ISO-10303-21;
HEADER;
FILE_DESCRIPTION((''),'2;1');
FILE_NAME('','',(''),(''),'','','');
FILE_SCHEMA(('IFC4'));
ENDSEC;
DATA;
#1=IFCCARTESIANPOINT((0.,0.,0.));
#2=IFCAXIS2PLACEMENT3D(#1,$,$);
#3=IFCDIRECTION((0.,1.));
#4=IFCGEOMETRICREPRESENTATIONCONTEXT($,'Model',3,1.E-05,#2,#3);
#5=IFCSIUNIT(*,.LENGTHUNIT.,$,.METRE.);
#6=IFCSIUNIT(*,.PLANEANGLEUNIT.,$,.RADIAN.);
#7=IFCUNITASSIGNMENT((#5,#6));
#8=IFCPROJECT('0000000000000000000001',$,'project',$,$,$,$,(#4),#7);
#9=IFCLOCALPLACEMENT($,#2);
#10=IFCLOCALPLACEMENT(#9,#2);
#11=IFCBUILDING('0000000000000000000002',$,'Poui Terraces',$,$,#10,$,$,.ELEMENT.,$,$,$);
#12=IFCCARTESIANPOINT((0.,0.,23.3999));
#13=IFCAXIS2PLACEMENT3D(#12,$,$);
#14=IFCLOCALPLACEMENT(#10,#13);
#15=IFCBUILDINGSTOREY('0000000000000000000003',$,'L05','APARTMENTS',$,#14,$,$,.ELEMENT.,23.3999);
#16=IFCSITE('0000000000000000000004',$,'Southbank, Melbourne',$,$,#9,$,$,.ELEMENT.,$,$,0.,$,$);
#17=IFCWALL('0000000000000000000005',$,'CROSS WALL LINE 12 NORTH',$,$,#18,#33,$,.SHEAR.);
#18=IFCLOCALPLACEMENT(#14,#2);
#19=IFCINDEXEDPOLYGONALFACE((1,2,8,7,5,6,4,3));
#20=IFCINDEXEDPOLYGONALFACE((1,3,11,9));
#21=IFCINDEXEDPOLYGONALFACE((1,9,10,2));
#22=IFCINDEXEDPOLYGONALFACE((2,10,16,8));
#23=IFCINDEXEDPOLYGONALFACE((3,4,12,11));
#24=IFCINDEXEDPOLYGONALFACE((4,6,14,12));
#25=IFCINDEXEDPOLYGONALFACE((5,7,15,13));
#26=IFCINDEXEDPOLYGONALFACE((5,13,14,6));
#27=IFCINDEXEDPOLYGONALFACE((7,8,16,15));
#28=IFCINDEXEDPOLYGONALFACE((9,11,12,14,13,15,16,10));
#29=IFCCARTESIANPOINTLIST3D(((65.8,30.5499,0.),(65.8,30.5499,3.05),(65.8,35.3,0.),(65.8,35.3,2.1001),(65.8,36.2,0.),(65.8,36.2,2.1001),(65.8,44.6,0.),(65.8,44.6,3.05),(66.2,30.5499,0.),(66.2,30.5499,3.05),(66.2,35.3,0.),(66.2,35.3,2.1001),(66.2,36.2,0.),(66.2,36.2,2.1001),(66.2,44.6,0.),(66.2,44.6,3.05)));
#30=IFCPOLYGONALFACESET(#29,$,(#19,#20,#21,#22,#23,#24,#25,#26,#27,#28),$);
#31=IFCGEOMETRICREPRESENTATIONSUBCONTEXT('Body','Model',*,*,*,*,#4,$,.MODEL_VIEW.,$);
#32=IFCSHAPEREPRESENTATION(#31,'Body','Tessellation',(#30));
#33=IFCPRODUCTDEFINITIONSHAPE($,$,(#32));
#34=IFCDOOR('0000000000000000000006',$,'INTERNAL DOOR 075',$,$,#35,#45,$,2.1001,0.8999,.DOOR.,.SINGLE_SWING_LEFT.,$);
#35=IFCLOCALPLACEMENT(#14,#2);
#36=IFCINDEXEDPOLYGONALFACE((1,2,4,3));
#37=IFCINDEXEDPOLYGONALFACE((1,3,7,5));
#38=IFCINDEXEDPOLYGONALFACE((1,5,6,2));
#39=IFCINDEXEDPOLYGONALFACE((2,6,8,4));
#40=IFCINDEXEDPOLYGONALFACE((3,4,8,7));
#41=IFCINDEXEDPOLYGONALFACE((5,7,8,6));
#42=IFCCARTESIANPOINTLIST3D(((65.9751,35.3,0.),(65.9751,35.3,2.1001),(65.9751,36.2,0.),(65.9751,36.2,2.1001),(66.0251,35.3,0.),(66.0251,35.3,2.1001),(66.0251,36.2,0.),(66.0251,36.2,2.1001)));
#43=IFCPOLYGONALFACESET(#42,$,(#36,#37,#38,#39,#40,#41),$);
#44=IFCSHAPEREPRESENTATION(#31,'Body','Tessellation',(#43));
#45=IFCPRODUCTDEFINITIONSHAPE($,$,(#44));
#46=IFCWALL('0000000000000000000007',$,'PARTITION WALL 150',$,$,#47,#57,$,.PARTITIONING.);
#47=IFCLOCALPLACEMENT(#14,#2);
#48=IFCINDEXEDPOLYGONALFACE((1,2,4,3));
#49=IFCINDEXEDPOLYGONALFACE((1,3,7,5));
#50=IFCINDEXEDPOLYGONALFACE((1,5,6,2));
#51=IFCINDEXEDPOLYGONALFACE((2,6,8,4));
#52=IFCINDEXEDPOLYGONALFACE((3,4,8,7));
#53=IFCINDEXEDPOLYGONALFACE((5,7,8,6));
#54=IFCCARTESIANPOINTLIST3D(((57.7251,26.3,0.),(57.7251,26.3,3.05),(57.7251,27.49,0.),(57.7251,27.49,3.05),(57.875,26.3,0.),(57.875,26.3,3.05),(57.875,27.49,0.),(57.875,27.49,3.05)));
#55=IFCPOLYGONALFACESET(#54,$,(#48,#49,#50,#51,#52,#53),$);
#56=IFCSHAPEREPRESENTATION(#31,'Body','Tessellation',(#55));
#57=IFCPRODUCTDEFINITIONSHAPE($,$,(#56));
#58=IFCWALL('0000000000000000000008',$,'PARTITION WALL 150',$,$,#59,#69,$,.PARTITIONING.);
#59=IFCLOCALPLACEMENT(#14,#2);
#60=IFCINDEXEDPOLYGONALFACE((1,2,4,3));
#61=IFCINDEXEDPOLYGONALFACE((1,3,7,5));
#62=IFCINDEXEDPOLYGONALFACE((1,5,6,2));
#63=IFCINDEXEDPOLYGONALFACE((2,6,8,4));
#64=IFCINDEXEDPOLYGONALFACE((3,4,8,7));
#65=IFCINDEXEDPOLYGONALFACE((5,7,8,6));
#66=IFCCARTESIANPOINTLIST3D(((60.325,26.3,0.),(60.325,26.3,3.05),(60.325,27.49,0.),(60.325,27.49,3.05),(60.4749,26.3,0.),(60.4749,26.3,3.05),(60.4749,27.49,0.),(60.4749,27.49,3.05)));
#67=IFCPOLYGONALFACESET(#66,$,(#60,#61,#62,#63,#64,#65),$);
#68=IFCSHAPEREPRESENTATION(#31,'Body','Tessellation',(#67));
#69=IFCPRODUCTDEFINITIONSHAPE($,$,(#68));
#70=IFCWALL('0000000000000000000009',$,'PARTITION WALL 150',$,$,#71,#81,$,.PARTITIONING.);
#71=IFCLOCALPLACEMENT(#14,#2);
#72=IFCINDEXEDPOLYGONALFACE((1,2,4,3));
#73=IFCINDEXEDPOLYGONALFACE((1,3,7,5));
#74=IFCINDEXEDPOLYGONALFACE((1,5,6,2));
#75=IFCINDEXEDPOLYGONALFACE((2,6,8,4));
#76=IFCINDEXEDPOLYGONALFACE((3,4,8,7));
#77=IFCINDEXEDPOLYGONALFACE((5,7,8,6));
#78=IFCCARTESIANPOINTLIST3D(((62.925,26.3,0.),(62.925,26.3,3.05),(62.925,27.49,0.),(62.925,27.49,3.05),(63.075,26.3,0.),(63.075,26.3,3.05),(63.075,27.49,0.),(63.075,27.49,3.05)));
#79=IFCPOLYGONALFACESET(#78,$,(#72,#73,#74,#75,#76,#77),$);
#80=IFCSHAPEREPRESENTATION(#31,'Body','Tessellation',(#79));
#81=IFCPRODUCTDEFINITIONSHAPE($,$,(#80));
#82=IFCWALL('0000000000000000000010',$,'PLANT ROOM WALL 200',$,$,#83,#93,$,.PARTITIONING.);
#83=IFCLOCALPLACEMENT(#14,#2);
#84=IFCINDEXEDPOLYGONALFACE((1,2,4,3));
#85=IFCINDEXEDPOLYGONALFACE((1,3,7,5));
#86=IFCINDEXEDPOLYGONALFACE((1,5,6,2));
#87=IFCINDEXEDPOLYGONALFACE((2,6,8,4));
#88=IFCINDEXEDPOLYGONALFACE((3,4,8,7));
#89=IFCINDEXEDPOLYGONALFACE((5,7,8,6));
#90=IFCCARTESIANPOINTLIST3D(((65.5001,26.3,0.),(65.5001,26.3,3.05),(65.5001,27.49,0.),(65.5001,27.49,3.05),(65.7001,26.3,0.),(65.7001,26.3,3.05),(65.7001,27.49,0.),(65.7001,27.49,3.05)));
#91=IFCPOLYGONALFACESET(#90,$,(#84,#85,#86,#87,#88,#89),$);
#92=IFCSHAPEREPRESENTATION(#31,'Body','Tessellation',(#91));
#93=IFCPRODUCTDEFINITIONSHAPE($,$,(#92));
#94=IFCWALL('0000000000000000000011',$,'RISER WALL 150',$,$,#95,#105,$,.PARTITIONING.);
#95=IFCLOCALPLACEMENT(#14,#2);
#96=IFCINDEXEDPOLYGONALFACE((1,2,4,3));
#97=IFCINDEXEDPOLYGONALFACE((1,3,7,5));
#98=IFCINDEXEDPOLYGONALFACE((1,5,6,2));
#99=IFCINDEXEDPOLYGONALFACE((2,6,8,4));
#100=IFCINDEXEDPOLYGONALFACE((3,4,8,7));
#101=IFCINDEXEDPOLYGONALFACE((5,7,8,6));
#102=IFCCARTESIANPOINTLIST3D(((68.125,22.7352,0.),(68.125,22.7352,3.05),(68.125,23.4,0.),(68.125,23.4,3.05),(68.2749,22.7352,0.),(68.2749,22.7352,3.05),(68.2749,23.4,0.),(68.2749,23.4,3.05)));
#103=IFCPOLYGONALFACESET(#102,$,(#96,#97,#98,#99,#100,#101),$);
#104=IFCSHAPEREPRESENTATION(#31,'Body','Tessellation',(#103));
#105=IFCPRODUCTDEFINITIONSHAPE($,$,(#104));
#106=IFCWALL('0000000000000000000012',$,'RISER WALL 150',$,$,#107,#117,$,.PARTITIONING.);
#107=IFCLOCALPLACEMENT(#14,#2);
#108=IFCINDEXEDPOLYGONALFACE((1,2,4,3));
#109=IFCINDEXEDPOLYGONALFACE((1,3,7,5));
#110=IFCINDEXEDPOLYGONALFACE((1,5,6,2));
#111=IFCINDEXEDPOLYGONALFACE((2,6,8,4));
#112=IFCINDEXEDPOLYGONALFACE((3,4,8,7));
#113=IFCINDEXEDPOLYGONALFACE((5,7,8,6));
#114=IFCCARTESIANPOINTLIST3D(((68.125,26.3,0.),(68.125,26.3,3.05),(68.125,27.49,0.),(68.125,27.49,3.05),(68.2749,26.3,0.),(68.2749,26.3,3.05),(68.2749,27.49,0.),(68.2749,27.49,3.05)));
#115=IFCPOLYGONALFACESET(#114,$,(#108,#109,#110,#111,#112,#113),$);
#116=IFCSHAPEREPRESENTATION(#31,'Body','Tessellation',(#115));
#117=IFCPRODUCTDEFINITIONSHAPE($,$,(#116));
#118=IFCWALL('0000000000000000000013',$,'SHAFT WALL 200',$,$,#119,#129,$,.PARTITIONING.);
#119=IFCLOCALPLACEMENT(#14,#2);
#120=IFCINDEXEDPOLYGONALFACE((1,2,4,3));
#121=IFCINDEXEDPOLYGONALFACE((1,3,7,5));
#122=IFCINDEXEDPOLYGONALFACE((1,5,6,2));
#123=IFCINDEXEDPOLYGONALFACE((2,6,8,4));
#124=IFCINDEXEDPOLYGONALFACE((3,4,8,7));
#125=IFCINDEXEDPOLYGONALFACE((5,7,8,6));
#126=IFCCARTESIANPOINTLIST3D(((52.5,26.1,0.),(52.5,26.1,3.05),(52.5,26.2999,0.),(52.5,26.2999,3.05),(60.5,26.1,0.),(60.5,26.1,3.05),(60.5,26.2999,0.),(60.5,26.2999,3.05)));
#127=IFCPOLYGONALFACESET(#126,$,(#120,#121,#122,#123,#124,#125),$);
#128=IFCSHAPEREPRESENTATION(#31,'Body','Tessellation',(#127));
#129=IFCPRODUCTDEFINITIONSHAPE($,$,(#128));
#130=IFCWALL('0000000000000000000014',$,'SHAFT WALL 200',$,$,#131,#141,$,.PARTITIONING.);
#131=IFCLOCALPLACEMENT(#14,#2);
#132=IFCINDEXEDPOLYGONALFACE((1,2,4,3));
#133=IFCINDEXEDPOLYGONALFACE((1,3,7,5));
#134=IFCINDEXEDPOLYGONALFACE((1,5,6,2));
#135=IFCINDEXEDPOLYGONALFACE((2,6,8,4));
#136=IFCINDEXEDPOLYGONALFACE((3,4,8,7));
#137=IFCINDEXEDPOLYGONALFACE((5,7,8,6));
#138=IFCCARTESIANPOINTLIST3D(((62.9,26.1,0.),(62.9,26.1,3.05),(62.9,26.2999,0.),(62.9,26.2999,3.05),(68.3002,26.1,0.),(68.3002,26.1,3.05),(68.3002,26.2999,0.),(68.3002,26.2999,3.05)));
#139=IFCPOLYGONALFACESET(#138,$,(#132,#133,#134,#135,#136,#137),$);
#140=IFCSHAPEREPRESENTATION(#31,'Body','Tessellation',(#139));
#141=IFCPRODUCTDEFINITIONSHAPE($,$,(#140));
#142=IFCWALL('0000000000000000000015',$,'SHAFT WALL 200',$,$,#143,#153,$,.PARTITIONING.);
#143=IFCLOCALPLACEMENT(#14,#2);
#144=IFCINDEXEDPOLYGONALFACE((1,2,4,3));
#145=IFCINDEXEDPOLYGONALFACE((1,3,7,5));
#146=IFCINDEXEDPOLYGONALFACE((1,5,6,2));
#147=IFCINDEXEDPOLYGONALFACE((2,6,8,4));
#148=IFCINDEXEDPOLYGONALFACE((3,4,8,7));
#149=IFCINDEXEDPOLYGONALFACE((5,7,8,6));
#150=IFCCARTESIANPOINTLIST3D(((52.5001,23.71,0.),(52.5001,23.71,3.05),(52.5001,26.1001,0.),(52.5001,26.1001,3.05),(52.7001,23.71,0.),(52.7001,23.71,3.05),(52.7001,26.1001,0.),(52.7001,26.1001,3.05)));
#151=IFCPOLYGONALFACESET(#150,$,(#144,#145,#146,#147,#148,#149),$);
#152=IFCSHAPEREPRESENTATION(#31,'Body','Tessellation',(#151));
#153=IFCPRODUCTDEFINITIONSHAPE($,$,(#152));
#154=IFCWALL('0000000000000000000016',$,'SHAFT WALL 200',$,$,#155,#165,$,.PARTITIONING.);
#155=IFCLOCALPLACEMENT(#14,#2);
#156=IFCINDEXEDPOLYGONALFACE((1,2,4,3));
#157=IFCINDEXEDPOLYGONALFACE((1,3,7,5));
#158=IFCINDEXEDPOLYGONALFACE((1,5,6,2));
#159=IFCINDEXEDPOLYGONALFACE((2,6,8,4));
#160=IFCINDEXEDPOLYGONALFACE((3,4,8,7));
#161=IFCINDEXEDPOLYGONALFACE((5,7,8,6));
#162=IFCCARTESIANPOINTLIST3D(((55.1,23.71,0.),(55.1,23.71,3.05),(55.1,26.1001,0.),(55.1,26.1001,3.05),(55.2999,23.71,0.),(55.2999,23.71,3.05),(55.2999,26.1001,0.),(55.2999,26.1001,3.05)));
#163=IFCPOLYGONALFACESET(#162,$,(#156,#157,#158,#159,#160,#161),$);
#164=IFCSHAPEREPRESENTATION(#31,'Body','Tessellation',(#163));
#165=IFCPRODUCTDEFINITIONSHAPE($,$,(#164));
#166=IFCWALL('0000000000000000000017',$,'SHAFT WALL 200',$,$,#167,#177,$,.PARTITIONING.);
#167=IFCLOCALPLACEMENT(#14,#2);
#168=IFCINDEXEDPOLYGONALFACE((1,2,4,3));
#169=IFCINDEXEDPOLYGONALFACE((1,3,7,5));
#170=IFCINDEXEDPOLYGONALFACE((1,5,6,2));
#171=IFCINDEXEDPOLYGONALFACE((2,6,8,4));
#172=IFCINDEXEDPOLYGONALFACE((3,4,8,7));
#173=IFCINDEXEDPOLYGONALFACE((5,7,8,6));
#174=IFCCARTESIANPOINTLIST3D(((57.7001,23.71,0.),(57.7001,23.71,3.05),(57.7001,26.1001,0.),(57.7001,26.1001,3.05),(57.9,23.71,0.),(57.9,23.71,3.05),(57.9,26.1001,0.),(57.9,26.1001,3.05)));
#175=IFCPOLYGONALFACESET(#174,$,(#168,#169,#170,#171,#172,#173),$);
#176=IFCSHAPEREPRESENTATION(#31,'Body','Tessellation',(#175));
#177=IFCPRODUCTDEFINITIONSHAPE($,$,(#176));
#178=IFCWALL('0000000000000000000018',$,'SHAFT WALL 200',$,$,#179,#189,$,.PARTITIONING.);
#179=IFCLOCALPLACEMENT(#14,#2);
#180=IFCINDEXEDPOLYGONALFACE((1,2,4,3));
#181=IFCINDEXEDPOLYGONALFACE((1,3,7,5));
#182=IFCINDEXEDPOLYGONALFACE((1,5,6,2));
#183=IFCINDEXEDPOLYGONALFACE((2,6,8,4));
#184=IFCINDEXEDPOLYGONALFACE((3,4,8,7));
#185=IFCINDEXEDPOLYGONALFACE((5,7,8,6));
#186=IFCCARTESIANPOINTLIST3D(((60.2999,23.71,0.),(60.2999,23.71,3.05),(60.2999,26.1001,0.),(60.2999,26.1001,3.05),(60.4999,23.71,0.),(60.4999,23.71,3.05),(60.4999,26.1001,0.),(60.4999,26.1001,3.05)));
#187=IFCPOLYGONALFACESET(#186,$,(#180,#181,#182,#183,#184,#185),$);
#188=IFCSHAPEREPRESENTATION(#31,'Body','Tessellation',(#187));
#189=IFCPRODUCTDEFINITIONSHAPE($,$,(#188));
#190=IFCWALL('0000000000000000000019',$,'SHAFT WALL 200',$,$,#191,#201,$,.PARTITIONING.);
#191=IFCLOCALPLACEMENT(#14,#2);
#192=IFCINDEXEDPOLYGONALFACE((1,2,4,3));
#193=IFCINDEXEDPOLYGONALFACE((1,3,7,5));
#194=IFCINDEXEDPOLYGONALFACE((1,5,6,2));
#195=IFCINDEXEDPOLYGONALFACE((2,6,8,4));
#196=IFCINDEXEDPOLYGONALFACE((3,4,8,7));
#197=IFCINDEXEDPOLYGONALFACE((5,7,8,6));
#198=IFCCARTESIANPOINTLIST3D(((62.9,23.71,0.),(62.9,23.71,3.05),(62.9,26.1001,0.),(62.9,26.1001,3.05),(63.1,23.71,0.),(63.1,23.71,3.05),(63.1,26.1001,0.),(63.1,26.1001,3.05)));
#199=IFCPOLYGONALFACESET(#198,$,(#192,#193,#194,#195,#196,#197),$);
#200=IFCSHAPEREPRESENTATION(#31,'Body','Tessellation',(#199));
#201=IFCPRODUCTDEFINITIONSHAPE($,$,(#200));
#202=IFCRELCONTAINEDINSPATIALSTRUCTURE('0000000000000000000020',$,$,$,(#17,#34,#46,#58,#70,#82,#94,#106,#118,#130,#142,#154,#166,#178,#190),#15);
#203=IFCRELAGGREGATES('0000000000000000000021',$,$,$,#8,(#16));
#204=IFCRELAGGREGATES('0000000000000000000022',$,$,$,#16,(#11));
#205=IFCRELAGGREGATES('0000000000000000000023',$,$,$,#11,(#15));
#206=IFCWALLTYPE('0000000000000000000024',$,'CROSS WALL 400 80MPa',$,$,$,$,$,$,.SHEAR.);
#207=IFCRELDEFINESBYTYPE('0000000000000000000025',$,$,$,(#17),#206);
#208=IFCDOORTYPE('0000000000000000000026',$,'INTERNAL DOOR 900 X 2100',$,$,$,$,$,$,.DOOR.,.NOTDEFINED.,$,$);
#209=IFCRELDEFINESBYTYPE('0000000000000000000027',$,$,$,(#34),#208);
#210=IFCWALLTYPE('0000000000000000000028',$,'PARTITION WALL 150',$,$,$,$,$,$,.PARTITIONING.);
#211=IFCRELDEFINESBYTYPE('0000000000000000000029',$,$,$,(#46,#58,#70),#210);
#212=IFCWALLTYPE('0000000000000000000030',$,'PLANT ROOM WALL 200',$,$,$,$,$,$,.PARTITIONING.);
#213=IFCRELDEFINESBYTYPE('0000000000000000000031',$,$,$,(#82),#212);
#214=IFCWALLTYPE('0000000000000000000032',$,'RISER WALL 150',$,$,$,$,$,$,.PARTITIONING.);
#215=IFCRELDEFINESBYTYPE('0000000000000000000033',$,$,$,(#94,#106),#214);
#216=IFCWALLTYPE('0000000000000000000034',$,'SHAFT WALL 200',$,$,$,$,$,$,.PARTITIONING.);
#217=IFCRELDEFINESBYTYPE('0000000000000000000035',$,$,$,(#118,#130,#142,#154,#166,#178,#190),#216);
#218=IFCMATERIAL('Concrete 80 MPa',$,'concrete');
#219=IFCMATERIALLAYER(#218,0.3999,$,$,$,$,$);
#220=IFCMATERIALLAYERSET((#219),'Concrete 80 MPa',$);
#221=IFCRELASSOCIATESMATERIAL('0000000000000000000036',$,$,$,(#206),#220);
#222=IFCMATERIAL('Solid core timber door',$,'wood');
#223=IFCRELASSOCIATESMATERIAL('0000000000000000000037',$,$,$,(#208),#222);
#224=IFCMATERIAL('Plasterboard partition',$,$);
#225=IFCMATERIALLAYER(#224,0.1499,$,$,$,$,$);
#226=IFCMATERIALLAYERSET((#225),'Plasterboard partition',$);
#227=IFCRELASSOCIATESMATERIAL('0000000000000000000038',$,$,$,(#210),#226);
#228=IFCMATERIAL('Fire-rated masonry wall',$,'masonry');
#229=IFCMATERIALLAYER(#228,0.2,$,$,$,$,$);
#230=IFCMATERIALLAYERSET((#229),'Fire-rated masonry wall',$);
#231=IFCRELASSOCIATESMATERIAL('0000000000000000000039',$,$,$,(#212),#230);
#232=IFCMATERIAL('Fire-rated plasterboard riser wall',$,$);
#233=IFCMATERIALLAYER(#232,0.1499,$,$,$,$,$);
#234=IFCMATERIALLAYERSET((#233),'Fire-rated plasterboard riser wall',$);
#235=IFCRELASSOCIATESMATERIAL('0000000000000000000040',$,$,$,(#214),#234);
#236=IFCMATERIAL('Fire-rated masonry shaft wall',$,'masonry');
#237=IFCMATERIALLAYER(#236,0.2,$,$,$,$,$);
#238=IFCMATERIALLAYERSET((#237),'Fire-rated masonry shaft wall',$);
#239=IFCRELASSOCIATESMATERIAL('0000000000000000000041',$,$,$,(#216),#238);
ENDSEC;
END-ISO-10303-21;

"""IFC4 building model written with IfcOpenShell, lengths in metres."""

from ifc_helpers import new_model, si_unit, direction, frame, frame_2d, origin, place, context, subcontext, project, spatial, rectangle, extrude, material, layer, layer_set, type_object, element, fill, save


model = new_model("IFC4")

# Units and contexts
model_context = context("Model", 3, precision=1e-05, world=origin(), true_north=direction((0.0, 1.0)))
body_context = subcontext(model_context, "Body", "Model", "MODEL_VIEW")
ifc_project = project(units=[si_unit("LENGTHUNIT", "METRE"), si_unit("PLANEANGLEUNIT", "RADIAN")], contexts=[model_context])

# Site, building, storey
site_placement = place(None, origin())
site = spatial("IfcSite", under=ifc_project, at=site_placement, Name="Southbank, Melbourne", CompositionType="ELEMENT", RefElevation=0.0)
building_placement = place(site_placement, origin())
building = spatial("IfcBuilding", under=site, at=building_placement, Name="Poui Terraces", CompositionType="ELEMENT")
storey_placement = place(building_placement, frame((0.0, 0.0, 23.3999)))
storey = spatial("IfcBuildingStorey", under=building, at=storey_placement, Name="L05", Description="APARTMENTS", CompositionType="ELEMENT", Elevation=23.3999)

# Shared definitions
ifc_material_1 = material(Name="Concrete 80 MPa", Category="concrete")

# Shared definitions
ifc_layer_1 = layer(ifc_material_1, 0.3999)
ifc_layer_set_1 = layer_set([ifc_layer_1], Name="Concrete 80 MPa")
wall_type_1 = type_object("IfcWallType", Name="CROSS WALL 400 80MPa", PredefinedType="SHEAR", material=ifc_layer_set_1)

# Wall, opening, door
wall_1_placement = place(storey_placement, frame((66.0, 30.55, 0.0), z_axis=(0.0, 0.0, 1.0), x_axis=(0.0, 1.0, 0.0)))
wall_1 = element("IfcWall", 1, at=wall_1_placement, inside=storey, type_object=wall_type_1, Name="CROSS WALL LINE 12 NORTH", PredefinedType="SHEAR", context=body_context, shape_type="SweptSolid", body=[
    extrude(rectangle(XDim=14.05, YDim=0.3999, at=frame_2d((7.0249, 0.0))), origin(), (0.0, 0.0, 1.0), 3.05),
])
opening_1_placement = place(wall_1_placement, frame((4.75, 0.0, 0.0)))
opening_1 = element("IfcOpeningElement", 2, at=opening_1_placement, cuts=wall_1, PredefinedType="OPENING", context=body_context, shape_type="SweptSolid", body=[
    extrude(rectangle(XDim=0.8999, YDim=2.1001, at=frame_2d((0.45, 1.05))), frame((0.0, 0.21, 0.0), z_axis=(0.0, -1.0, 0.0), x_axis=(1.0, 0.0, 0.0)), (0.0, 0.0, 1.0), 0.4199),
])
ifc_material_2 = material(Name="Solid core timber door", Category="wood")
door_type_1 = type_object("IfcDoorType", Name="INTERNAL DOOR 900 X 2100", OperationType="NOTDEFINED", PredefinedType="DOOR", material=ifc_material_2)
door_1_placement = place(opening_1_placement, origin())
door_1 = element("IfcDoor", 3, at=door_1_placement, inside=storey, type_object=door_type_1, Name="INTERNAL DOOR 075", OperationType="SINGLE_SWING_LEFT", OverallHeight=2.1001, OverallWidth=0.8999, PredefinedType="DOOR", context=body_context, shape_type="SweptSolid", body=[
    extrude(rectangle(XDim=0.8999, YDim=2.1001, at=frame_2d((0.45, 1.05))), frame((0.0, 0.0249, 0.0), z_axis=(0.0, -1.0, 0.0), x_axis=(1.0, 0.0, 0.0)), (0.0, 0.0, 1.0), 0.05),
])
fill(opening_1, door_1)

# Walls
ifc_material_3 = material(Name="Plasterboard partition")
ifc_layer_2 = layer(ifc_material_3, 0.1499)
ifc_layer_set_2 = layer_set([ifc_layer_2], Name="Plasterboard partition")
wall_type_2 = type_object("IfcWallType", Name="PARTITION WALL 150", PredefinedType="PARTITIONING", material=ifc_layer_set_2)
for number, where, z_axis, x_axis, name in (
    (4, (57.8, 26.3, 0.0), (0.0, 0.0, 1.0), (0.0, 1.0, 0.0), "PARTITION WALL 150"),
    (5, (60.3999, 26.3, 0.0), (0.0, 0.0, 1.0), (0.0, 1.0, 0.0), "PARTITION WALL 150"),
    (6, (63.0, 26.3, 0.0), (0.0, 0.0, 1.0), (0.0, 1.0, 0.0), "PARTITION WALL 150"),
):
    element("IfcWall", number, at=place(storey_placement, frame(where, z_axis=z_axis, x_axis=x_axis)), inside=storey, type_object=wall_type_2, Name=name, PredefinedType="PARTITIONING", context=body_context, shape_type="SweptSolid", body=[
        extrude(rectangle(XDim=1.1899, YDim=0.1499, at=frame_2d((0.595, 0.0))), origin(), (0.0, 0.0, 1.0), 3.05),
    ])
ifc_material_4 = material(Name="Fire-rated masonry wall", Category="masonry")
ifc_layer_3 = layer(ifc_material_4, 0.2)
ifc_layer_set_3 = layer_set([ifc_layer_3], Name="Fire-rated masonry wall")
wall_type_3 = type_object("IfcWallType", Name="PLANT ROOM WALL 200", PredefinedType="PARTITIONING", material=ifc_layer_set_3)
wall_2_placement = place(storey_placement, frame((65.6001, 26.3, 0.0), z_axis=(0.0, 0.0, 1.0), x_axis=(0.0, 1.0, 0.0)))
element("IfcWall", 7, at=wall_2_placement, inside=storey, type_object=wall_type_3, Name="PLANT ROOM WALL 200", PredefinedType="PARTITIONING", context=body_context, shape_type="SweptSolid", body=[
    extrude(rectangle(XDim=1.1899, YDim=0.2, at=frame_2d((0.595, 0.0))), origin(), (0.0, 0.0, 1.0), 3.05),
])
ifc_material_5 = material(Name="Fire-rated plasterboard riser wall")
ifc_layer_4 = layer(ifc_material_5, 0.1499)
ifc_layer_set_4 = layer_set([ifc_layer_4], Name="Fire-rated plasterboard riser wall")
wall_type_4 = type_object("IfcWallType", Name="RISER WALL 150", PredefinedType="PARTITIONING", material=ifc_layer_set_4)
wall_3_placement = place(storey_placement, frame((68.2, 22.7351, 0.0), z_axis=(0.0, 0.0, 1.0), x_axis=(0.0, 1.0, 0.0)))
element("IfcWall", 8, at=wall_3_placement, inside=storey, type_object=wall_type_4, Name="RISER WALL 150", PredefinedType="PARTITIONING", context=body_context, shape_type="SweptSolid", body=[
    extrude(rectangle(XDim=0.6648, YDim=0.1499, at=frame_2d((0.3325, 0.0))), origin(), (0.0, 0.0, 1.0), 3.05),
])
wall_4_placement = place(storey_placement, frame((68.2, 26.3, 0.0), z_axis=(0.0, 0.0, 1.0), x_axis=(0.0, 1.0, 0.0)))
element("IfcWall", 9, at=wall_4_placement, inside=storey, type_object=wall_type_4, Name="RISER WALL 150", PredefinedType="PARTITIONING", context=body_context, shape_type="SweptSolid", body=[
    extrude(rectangle(XDim=1.1899, YDim=0.1499, at=frame_2d((0.595, 0.0))), origin(), (0.0, 0.0, 1.0), 3.05),
])
ifc_material_6 = material(Name="Fire-rated masonry shaft wall", Category="masonry")
ifc_layer_5 = layer(ifc_material_6, 0.2)
ifc_layer_set_5 = layer_set([ifc_layer_5], Name="Fire-rated masonry shaft wall")
wall_type_5 = type_object("IfcWallType", Name="SHAFT WALL 200", PredefinedType="PARTITIONING", material=ifc_layer_set_5)
wall_5_placement = place(storey_placement, frame((52.5, 26.2, 0.0), z_axis=(0.0, 0.0, 1.0), x_axis=(1.0, 0.0, 0.0)))
element("IfcWall", 10, at=wall_5_placement, inside=storey, type_object=wall_type_5, Name="SHAFT WALL 200", PredefinedType="PARTITIONING", context=body_context, shape_type="SweptSolid", body=[
    extrude(rectangle(XDim=8.0, YDim=0.2, at=frame_2d((4.0, 0.0))), origin(), (0.0, 0.0, 1.0), 3.05),
])
wall_6_placement = place(storey_placement, frame((62.8999, 26.2, 0.0), z_axis=(0.0, 0.0, 1.0), x_axis=(1.0, 0.0, 0.0)))
element("IfcWall", 11, at=wall_6_placement, inside=storey, type_object=wall_type_5, Name="SHAFT WALL 200", PredefinedType="PARTITIONING", context=body_context, shape_type="SweptSolid", body=[
    extrude(rectangle(XDim=5.4001, YDim=0.2, at=frame_2d((2.7002, 0.0))), origin(), (0.0, 0.0, 1.0), 3.05),
])
for number, where, z_axis, x_axis, name in (
    (12, (52.6001, 23.71, 0.0), (0.0, 0.0, 1.0), (0.0, 1.0, 0.0), "SHAFT WALL 200"),
    (13, (55.2, 23.71, 0.0), (0.0, 0.0, 1.0), (0.0, 1.0, 0.0), "SHAFT WALL 200"),
    (14, (57.8, 23.71, 0.0), (0.0, 0.0, 1.0), (0.0, 1.0, 0.0), "SHAFT WALL 200"),
    (15, (60.3999, 23.71, 0.0), (0.0, 0.0, 1.0), (0.0, 1.0, 0.0), "SHAFT WALL 200"),
    (16, (63.0, 23.71, 0.0), (0.0, 0.0, 1.0), (0.0, 1.0, 0.0), "SHAFT WALL 200"),
):
    element("IfcWall", number, at=place(storey_placement, frame(where, z_axis=z_axis, x_axis=x_axis)), inside=storey, type_object=wall_type_5, Name=name, PredefinedType="PARTITIONING", context=body_context, shape_type="SweptSolid", body=[
        extrude(rectangle(XDim=2.3901, YDim=0.2, at=frame_2d((1.1951, 0.0))), origin(), (0.0, 0.0, 1.0), 3.05),
    ])

save(model, "model.ifc")
